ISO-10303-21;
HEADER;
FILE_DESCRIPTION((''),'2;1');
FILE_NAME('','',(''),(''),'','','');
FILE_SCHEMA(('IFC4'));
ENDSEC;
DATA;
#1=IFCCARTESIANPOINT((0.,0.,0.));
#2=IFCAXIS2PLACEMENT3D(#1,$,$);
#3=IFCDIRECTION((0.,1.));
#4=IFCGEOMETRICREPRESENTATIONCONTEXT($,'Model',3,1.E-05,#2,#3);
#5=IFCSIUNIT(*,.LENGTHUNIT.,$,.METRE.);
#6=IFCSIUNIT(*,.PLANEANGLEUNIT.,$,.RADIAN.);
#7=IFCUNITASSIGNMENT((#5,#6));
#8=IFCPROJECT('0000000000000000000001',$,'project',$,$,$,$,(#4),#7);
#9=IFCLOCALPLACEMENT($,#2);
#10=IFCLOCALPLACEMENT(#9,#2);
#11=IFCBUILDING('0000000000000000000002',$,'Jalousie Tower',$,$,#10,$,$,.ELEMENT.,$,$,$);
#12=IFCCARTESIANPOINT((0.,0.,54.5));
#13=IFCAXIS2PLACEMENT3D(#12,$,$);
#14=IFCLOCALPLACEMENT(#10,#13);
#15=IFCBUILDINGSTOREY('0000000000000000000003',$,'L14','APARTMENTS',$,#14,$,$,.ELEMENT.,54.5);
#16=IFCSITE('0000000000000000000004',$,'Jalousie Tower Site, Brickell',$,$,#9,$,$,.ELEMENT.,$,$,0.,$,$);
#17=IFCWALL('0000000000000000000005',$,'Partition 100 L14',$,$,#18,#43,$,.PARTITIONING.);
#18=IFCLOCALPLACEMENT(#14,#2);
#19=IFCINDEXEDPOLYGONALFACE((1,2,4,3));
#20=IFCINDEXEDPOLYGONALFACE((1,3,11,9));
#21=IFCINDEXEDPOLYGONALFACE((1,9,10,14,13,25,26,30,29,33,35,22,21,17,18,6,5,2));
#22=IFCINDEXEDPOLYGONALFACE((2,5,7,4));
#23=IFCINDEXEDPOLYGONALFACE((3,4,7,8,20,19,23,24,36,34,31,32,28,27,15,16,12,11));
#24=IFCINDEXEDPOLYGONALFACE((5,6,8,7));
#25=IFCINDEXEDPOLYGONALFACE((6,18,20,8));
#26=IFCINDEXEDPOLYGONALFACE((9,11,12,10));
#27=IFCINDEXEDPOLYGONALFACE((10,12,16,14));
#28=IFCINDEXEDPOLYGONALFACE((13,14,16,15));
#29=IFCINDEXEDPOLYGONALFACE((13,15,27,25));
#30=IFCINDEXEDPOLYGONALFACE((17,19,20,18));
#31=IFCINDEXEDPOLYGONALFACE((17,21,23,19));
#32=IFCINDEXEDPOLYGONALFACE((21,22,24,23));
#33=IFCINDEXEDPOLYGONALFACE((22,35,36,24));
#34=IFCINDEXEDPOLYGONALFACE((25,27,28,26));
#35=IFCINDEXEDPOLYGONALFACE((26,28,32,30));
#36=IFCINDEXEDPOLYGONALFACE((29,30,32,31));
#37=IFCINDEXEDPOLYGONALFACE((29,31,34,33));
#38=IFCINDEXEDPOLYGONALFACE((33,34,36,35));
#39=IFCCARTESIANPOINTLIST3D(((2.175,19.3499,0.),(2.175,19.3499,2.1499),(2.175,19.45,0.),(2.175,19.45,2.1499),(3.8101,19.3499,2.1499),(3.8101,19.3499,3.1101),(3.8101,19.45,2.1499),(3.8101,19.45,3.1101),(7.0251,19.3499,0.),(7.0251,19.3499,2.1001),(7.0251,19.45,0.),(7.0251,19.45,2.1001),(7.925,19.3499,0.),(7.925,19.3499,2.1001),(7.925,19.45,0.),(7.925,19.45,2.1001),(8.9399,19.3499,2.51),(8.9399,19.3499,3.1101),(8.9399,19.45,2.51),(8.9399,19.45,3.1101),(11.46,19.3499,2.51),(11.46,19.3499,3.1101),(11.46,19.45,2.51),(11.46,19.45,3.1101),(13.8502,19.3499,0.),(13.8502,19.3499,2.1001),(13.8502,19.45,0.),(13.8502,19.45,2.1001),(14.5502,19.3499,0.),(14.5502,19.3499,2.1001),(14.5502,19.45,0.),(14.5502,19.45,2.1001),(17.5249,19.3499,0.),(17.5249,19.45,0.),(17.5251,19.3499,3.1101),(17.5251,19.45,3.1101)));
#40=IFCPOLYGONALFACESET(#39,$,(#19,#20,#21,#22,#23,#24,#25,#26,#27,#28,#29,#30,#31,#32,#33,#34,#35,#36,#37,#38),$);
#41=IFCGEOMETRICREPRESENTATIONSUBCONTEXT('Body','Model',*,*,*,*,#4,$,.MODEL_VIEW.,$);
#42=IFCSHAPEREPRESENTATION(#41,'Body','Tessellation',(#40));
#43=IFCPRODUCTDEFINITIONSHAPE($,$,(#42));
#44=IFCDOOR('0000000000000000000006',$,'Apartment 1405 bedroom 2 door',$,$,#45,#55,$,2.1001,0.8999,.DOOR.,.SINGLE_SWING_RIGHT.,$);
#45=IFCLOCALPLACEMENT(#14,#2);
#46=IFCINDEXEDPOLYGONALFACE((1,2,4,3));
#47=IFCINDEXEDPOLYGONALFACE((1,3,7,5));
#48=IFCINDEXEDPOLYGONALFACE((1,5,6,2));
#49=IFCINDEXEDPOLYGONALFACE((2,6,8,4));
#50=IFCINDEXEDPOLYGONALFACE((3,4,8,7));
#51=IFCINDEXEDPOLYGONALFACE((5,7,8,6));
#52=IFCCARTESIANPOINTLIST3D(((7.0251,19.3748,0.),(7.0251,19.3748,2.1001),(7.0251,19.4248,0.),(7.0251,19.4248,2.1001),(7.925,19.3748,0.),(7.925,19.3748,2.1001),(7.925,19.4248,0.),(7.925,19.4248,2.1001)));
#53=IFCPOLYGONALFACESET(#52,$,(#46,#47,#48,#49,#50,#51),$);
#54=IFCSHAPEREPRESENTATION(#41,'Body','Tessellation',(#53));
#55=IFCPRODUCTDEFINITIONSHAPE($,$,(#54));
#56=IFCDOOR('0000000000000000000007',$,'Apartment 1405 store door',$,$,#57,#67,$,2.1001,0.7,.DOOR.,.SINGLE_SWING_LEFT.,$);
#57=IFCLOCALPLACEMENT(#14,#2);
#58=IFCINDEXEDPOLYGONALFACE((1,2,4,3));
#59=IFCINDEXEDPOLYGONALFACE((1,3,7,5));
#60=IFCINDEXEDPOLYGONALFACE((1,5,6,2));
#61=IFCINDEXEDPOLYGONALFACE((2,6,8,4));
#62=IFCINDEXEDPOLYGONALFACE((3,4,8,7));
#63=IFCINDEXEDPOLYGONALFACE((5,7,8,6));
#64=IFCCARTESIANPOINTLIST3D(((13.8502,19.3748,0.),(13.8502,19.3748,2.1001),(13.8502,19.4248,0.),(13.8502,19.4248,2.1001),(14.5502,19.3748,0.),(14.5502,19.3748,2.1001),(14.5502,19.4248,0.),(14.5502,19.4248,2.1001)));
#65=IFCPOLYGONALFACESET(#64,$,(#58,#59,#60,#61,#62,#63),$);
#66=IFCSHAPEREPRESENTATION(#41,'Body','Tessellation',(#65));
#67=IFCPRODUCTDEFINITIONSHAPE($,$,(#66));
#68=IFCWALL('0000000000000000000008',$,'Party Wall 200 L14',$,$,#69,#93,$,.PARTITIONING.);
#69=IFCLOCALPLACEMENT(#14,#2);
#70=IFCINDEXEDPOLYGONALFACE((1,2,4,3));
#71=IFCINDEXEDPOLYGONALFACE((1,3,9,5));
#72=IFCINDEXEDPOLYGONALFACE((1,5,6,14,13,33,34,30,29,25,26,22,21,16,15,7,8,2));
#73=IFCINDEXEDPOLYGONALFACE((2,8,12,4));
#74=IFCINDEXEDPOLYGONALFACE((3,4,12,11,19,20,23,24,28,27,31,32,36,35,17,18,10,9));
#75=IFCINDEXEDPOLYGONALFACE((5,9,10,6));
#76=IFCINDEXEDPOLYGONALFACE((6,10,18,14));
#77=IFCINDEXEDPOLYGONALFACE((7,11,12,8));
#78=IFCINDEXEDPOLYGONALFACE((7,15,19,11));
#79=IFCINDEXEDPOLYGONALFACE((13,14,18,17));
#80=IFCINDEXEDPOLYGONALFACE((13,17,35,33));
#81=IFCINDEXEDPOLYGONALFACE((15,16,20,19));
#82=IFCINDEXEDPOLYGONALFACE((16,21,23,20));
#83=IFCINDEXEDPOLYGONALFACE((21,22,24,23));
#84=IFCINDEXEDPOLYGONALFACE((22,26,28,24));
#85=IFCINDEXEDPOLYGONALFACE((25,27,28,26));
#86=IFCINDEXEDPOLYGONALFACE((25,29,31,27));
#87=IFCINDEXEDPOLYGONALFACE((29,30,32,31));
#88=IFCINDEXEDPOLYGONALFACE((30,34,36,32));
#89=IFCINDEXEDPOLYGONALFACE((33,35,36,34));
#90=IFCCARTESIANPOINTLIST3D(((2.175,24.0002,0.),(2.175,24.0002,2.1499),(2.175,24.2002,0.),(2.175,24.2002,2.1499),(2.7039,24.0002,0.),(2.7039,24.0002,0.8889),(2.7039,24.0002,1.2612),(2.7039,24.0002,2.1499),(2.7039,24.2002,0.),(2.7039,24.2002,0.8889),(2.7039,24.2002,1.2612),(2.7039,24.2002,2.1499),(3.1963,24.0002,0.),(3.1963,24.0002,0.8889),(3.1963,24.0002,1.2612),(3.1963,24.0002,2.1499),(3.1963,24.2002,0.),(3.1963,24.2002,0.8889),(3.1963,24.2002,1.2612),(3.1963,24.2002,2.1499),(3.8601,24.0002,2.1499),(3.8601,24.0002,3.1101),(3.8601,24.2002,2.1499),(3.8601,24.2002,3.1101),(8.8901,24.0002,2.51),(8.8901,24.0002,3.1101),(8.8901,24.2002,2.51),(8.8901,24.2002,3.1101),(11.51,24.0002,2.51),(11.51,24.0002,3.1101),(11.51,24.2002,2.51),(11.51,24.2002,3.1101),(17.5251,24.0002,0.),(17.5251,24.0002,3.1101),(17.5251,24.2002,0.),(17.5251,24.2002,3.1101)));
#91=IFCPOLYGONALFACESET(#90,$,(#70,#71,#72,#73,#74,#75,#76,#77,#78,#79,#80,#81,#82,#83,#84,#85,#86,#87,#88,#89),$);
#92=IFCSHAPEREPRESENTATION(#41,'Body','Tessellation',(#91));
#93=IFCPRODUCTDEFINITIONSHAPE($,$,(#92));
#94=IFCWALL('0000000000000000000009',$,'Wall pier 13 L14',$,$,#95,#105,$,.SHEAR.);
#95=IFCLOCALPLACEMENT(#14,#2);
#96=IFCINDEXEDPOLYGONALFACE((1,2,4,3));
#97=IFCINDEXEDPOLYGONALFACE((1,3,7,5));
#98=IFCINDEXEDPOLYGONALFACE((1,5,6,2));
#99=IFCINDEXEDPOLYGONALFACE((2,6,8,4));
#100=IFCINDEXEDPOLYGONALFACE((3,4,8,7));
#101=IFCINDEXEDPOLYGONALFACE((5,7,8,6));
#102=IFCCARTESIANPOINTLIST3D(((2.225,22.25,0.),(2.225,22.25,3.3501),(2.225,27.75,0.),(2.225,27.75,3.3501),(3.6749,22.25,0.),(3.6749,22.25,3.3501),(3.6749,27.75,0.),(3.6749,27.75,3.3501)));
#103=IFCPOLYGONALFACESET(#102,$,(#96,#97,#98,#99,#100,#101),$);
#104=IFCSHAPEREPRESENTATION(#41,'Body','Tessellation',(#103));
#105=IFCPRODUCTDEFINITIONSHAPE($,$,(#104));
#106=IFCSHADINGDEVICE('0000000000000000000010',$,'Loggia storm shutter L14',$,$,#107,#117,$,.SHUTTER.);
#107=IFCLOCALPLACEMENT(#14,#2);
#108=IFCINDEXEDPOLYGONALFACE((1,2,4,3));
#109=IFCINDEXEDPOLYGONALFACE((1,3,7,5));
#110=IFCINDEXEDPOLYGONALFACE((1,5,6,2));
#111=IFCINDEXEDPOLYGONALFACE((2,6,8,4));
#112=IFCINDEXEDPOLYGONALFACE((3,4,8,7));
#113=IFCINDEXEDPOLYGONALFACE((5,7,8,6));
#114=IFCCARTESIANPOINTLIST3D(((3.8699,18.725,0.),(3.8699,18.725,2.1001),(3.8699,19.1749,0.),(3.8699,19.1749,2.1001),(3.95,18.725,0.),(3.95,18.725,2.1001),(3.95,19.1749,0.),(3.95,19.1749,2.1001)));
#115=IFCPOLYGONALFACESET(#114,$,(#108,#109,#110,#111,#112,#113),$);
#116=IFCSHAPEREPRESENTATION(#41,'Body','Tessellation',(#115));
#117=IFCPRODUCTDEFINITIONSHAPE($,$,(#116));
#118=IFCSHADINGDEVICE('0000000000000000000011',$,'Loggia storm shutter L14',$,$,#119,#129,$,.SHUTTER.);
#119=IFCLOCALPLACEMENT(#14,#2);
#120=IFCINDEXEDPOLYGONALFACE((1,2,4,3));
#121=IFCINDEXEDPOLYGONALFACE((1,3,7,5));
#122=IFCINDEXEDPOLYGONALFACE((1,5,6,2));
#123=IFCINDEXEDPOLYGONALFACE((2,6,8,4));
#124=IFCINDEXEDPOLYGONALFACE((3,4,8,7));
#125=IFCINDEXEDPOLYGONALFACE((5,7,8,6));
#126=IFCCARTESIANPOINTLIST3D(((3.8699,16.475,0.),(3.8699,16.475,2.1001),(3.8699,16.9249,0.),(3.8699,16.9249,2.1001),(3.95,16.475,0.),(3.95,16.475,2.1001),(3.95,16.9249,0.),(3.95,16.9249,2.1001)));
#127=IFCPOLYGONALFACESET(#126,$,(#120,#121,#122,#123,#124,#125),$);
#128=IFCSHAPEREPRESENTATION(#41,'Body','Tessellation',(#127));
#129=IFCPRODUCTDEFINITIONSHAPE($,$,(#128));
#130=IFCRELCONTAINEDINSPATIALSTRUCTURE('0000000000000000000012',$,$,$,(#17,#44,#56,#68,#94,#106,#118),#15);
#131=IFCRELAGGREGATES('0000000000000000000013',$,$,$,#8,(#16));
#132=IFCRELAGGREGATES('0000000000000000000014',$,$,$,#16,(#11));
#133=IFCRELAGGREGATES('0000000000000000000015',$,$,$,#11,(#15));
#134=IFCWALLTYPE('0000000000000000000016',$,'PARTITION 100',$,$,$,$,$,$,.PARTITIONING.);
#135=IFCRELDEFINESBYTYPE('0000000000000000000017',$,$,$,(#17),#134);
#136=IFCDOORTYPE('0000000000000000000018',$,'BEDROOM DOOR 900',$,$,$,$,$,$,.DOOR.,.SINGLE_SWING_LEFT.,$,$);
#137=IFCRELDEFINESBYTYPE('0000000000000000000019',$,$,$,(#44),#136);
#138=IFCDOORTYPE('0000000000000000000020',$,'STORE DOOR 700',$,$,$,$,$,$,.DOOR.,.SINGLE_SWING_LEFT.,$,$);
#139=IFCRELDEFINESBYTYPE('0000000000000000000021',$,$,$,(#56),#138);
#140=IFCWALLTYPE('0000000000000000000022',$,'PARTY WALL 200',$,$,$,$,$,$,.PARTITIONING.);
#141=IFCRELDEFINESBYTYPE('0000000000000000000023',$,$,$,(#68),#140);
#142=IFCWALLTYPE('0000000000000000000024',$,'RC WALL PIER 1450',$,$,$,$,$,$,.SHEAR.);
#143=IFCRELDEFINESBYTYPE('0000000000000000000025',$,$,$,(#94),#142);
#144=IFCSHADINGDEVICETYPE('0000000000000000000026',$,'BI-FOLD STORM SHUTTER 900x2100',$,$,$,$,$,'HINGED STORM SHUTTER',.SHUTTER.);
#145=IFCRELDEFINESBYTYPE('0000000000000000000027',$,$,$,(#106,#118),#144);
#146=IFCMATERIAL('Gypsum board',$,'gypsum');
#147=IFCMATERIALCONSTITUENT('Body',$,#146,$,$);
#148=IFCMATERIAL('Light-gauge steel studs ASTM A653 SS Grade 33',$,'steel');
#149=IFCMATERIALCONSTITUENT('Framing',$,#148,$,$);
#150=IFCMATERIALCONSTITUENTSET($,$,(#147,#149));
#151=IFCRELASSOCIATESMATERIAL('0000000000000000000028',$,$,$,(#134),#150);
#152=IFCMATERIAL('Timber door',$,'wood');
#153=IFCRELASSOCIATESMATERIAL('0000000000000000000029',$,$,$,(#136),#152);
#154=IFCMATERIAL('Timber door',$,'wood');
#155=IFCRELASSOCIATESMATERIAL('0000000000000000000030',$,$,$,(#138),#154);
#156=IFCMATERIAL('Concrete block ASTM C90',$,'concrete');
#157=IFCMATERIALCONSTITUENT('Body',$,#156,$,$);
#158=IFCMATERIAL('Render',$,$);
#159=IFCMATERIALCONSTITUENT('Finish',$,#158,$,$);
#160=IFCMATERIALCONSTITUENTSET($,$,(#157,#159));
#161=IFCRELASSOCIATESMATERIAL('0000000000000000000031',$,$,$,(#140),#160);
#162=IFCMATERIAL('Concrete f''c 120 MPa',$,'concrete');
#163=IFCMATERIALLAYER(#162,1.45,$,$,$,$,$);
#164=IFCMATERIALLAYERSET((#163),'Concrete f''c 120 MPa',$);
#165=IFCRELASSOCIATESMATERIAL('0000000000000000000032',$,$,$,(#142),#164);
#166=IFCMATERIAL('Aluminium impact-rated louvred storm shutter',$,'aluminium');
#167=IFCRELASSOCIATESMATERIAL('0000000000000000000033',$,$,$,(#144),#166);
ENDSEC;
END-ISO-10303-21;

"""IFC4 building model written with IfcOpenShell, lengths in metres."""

from ifc_helpers import new_model, si_unit, direction, frame, frame_2d, origin, origin_2d, place, context, subcontext, project, spatial, polyline, rectangle, outline, extrude, material, layer, layer_set, constituent, constituent_set, type_object, element, fill, save


model = new_model("IFC4")

# Units and contexts
model_context = context("Model", 3, precision=1e-05, world=origin(), true_north=direction((0.0, 1.0)))
body_context = subcontext(model_context, "Body", "Model", "MODEL_VIEW")
ifc_project = project(units=[si_unit("LENGTHUNIT", "METRE"), si_unit("PLANEANGLEUNIT", "RADIAN")], contexts=[model_context])

# Site, building, storey
site_placement = place(None, origin())
site = spatial("IfcSite", under=ifc_project, at=site_placement, Name="Jalousie Tower Site, Brickell", CompositionType="ELEMENT", RefElevation=0.0)
building_placement = place(site_placement, origin())
building = spatial("IfcBuilding", under=site, at=building_placement, Name="Jalousie Tower", CompositionType="ELEMENT")
storey_placement = place(building_placement, frame((0.0, 0.0, 54.5)))
storey = spatial("IfcBuildingStorey", under=building, at=storey_placement, Name="L14", Description="APARTMENTS", CompositionType="ELEMENT", Elevation=54.5)

# Wall, openings, doors
ifc_material_1 = material(Name="Gypsum board", Category="gypsum")
ifc_constituent_1 = constituent(ifc_material_1, Name="Body")
ifc_material_2 = material(Name="Light-gauge steel studs ASTM A653 SS Grade 33", Category="steel")
ifc_constituent_2 = constituent(ifc_material_2, Name="Framing")
ifc_constituent_set_1 = constituent_set(constituents=[ifc_constituent_1, ifc_constituent_2])
wall_type_1 = type_object("IfcWallType", Name="PARTITION 100", PredefinedType="PARTITIONING", material=ifc_constituent_set_1)
wall_1_placement = place(storey_placement, frame((2.175, 19.3999, 0.0), z_axis=(0.0, 0.0, 1.0), x_axis=(1.0, 0.0, 0.0)))
wall_1 = element("IfcWall", 1, at=wall_1_placement, inside=storey, type_object=wall_type_1, Name="Partition 100 L14", PredefinedType="PARTITIONING", context=body_context, shape_type="SweptSolid", body=[
    extrude(outline(polyline([(0.0, 0.0), (15.3499, 0.0), (15.3501, 3.1101), (9.2849, 3.1101), (9.2849, 2.51), (6.7649, 2.51), (6.7649, 3.1101), (1.635, 3.1101), (1.635, 2.1499), (0.0, 2.1499), (0.0, 3.1101), (0.0, 0.0)])), frame((0.0, 0.05, 0.0), z_axis=(0.0, -1.0, 0.0), x_axis=(1.0, 0.0, 0.0)), (0.0, 0.0, 1.0), 0.1001),
])
opening_1_placement = place(wall_1_placement, frame((4.8501, 0.0, 0.0)))
opening_1 = element("IfcOpeningElement", 2, at=opening_1_placement, cuts=wall_1, PredefinedType="OPENING", context=body_context, shape_type="SweptSolid", body=[
    extrude(rectangle(XDim=0.8999, YDim=2.1001, at=frame_2d((0.45, 1.05))), frame((0.0, 0.0601, 0.0), z_axis=(0.0, -1.0, 0.0), x_axis=(1.0, 0.0, 0.0)), (0.0, 0.0, 1.0), 0.1201),
])
opening_2_placement = place(wall_1_placement, frame((11.675, 0.0, 0.0)))
opening_2 = element("IfcOpeningElement", 3, at=opening_2_placement, cuts=wall_1, PredefinedType="OPENING", context=body_context, shape_type="SweptSolid", body=[
    extrude(rectangle(XDim=0.7, YDim=2.1001, at=frame_2d((0.3501, 1.05))), frame((0.0, 0.0601, 0.0), z_axis=(0.0, -1.0, 0.0), x_axis=(1.0, 0.0, 0.0)), (0.0, 0.0, 1.0), 0.1201),
])
ifc_material_3 = material(Name="Timber door", Category="wood")
door_type_1 = type_object("IfcDoorType", Name="BEDROOM DOOR 900", OperationType="SINGLE_SWING_LEFT", PredefinedType="DOOR", material=ifc_material_3)
door_1_placement = place(opening_1_placement, origin())
door_1 = element("IfcDoor", 4, at=door_1_placement, inside=storey, type_object=door_type_1, Name="Apartment 1405 bedroom 2 door", OperationType="SINGLE_SWING_RIGHT", OverallHeight=2.1001, OverallWidth=0.8999, PredefinedType="DOOR", context=body_context, shape_type="SweptSolid", body=[
    extrude(rectangle(XDim=0.8999, YDim=2.1001, at=frame_2d((0.45, 1.05))), frame((0.0, 0.0249, 0.0), z_axis=(0.0, -1.0, 0.0), x_axis=(1.0, 0.0, 0.0)), (0.0, 0.0, 1.0), 0.05),
])
fill(opening_1, door_1)
ifc_material_4 = material(Name="Timber door", Category="wood")
door_type_2 = type_object("IfcDoorType", Name="STORE DOOR 700", OperationType="SINGLE_SWING_LEFT", PredefinedType="DOOR", material=ifc_material_4)
door_2_placement = place(opening_2_placement, origin())
door_2 = element("IfcDoor", 5, at=door_2_placement, inside=storey, type_object=door_type_2, Name="Apartment 1405 store door", OperationType="SINGLE_SWING_LEFT", OverallHeight=2.1001, OverallWidth=0.7, PredefinedType="DOOR", context=body_context, shape_type="SweptSolid", body=[
    extrude(rectangle(XDim=0.7, YDim=2.1001, at=frame_2d((0.3501, 1.05))), frame((0.0, 0.0249, 0.0), z_axis=(0.0, -1.0, 0.0), x_axis=(1.0, 0.0, 0.0)), (0.0, 0.0, 1.0), 0.05),
])
fill(opening_2, door_2)

# Walls
ifc_material_5 = material(Name="Concrete block ASTM C90", Category="concrete")
ifc_constituent_3 = constituent(ifc_material_5, Name="Body")
ifc_material_6 = material(Name="Render")
ifc_constituent_4 = constituent(ifc_material_6, Name="Finish")
ifc_constituent_set_2 = constituent_set(constituents=[ifc_constituent_3, ifc_constituent_4])
wall_type_2 = type_object("IfcWallType", Name="PARTY WALL 200", PredefinedType="PARTITIONING", material=ifc_constituent_set_2)
wall_2_placement = place(storey_placement, frame((2.175, 24.1001, 0.0), z_axis=(0.0, 0.0, 1.0), x_axis=(1.0, 0.0, 0.0)))
element("IfcWall", 6, at=wall_2_placement, inside=storey, type_object=wall_type_2, Name="Party Wall 200 L14", PredefinedType="PARTITIONING", context=body_context, shape_type="SweptSolid", body=[
    extrude(outline(polyline([(0.5288, 2.1499), (0.0, 2.1499), (0.0, 0.0), (0.5288, 0.0), (0.5288, 0.8889), (1.0212, 0.8889), (1.0212, 0.0), (15.3501, 0.0), (15.3501, 3.1101), (9.335, 3.1101), (9.335, 2.51), (6.7151, 2.51), (6.7151, 3.1101), (1.6851, 3.1101), (1.6851, 2.1499), (1.0212, 2.1499), (1.0212, 1.2612), (0.5288, 1.2612), (0.5288, 2.1499)])), frame((0.0, 0.1001, 0.0), z_axis=(0.0, -1.0, 0.0), x_axis=(1.0, 0.0, 0.0)), (0.0, 0.0, 1.0), 0.2),
])
ifc_material_7 = material(Name="Concrete f'c 120 MPa", Category="concrete")
ifc_layer_1 = layer(ifc_material_7, 1.45)
ifc_layer_set_1 = layer_set([ifc_layer_1], Name="Concrete f'c 120 MPa")
wall_type_3 = type_object("IfcWallType", Name="RC WALL PIER 1450", PredefinedType="SHEAR", material=ifc_layer_set_1)
wall_3_placement = place(storey_placement, frame((2.95, 22.25, 0.0), z_axis=(0.0, 0.0, 1.0), x_axis=(0.0, 1.0, 0.0)))
element("IfcWall", 7, at=wall_3_placement, inside=storey, type_object=wall_type_3, Name="Wall pier 13 L14", PredefinedType="SHEAR", context=body_context, shape_type="SweptSolid", body=[
    extrude(rectangle(XDim=5.5, YDim=1.45, at=frame_2d((2.75, 0.0))), origin(), (0.0, 0.0, 1.0), 3.3501),
])

# Shading devices
ifc_material_8 = material(Name="Aluminium impact-rated louvred storm shutter", Category="aluminium")
shading_device_type_1 = type_object("IfcShadingDeviceType", Name="BI-FOLD STORM SHUTTER 900x2100", ElementType="HINGED STORM SHUTTER", PredefinedType="SHUTTER", material=ifc_material_8)
for number, where, z_axis, x_axis, name in (
    (8, (3.9099, 18.95, 0.0), (0.0, 0.0, 1.0), (0.0, -1.0, 0.0), "Loggia storm shutter L14"),
    (9, (3.9099, 16.7, 0.0), (0.0, 0.0, 1.0), (0.0, -1.0, 0.0), "Loggia storm shutter L14"),
):
    element("IfcShadingDevice", number, at=place(storey_placement, frame(where, z_axis=z_axis, x_axis=x_axis)), inside=storey, type_object=shading_device_type_1, Name=name, PredefinedType="SHUTTER", context=body_context, shape_type="SweptSolid", body=[
        extrude(rectangle(XDim=0.45, YDim=0.0801, at=origin_2d()), origin(), (0.0, 0.0, 1.0), 2.1001),
    ])

save(model, "model.ifc")
